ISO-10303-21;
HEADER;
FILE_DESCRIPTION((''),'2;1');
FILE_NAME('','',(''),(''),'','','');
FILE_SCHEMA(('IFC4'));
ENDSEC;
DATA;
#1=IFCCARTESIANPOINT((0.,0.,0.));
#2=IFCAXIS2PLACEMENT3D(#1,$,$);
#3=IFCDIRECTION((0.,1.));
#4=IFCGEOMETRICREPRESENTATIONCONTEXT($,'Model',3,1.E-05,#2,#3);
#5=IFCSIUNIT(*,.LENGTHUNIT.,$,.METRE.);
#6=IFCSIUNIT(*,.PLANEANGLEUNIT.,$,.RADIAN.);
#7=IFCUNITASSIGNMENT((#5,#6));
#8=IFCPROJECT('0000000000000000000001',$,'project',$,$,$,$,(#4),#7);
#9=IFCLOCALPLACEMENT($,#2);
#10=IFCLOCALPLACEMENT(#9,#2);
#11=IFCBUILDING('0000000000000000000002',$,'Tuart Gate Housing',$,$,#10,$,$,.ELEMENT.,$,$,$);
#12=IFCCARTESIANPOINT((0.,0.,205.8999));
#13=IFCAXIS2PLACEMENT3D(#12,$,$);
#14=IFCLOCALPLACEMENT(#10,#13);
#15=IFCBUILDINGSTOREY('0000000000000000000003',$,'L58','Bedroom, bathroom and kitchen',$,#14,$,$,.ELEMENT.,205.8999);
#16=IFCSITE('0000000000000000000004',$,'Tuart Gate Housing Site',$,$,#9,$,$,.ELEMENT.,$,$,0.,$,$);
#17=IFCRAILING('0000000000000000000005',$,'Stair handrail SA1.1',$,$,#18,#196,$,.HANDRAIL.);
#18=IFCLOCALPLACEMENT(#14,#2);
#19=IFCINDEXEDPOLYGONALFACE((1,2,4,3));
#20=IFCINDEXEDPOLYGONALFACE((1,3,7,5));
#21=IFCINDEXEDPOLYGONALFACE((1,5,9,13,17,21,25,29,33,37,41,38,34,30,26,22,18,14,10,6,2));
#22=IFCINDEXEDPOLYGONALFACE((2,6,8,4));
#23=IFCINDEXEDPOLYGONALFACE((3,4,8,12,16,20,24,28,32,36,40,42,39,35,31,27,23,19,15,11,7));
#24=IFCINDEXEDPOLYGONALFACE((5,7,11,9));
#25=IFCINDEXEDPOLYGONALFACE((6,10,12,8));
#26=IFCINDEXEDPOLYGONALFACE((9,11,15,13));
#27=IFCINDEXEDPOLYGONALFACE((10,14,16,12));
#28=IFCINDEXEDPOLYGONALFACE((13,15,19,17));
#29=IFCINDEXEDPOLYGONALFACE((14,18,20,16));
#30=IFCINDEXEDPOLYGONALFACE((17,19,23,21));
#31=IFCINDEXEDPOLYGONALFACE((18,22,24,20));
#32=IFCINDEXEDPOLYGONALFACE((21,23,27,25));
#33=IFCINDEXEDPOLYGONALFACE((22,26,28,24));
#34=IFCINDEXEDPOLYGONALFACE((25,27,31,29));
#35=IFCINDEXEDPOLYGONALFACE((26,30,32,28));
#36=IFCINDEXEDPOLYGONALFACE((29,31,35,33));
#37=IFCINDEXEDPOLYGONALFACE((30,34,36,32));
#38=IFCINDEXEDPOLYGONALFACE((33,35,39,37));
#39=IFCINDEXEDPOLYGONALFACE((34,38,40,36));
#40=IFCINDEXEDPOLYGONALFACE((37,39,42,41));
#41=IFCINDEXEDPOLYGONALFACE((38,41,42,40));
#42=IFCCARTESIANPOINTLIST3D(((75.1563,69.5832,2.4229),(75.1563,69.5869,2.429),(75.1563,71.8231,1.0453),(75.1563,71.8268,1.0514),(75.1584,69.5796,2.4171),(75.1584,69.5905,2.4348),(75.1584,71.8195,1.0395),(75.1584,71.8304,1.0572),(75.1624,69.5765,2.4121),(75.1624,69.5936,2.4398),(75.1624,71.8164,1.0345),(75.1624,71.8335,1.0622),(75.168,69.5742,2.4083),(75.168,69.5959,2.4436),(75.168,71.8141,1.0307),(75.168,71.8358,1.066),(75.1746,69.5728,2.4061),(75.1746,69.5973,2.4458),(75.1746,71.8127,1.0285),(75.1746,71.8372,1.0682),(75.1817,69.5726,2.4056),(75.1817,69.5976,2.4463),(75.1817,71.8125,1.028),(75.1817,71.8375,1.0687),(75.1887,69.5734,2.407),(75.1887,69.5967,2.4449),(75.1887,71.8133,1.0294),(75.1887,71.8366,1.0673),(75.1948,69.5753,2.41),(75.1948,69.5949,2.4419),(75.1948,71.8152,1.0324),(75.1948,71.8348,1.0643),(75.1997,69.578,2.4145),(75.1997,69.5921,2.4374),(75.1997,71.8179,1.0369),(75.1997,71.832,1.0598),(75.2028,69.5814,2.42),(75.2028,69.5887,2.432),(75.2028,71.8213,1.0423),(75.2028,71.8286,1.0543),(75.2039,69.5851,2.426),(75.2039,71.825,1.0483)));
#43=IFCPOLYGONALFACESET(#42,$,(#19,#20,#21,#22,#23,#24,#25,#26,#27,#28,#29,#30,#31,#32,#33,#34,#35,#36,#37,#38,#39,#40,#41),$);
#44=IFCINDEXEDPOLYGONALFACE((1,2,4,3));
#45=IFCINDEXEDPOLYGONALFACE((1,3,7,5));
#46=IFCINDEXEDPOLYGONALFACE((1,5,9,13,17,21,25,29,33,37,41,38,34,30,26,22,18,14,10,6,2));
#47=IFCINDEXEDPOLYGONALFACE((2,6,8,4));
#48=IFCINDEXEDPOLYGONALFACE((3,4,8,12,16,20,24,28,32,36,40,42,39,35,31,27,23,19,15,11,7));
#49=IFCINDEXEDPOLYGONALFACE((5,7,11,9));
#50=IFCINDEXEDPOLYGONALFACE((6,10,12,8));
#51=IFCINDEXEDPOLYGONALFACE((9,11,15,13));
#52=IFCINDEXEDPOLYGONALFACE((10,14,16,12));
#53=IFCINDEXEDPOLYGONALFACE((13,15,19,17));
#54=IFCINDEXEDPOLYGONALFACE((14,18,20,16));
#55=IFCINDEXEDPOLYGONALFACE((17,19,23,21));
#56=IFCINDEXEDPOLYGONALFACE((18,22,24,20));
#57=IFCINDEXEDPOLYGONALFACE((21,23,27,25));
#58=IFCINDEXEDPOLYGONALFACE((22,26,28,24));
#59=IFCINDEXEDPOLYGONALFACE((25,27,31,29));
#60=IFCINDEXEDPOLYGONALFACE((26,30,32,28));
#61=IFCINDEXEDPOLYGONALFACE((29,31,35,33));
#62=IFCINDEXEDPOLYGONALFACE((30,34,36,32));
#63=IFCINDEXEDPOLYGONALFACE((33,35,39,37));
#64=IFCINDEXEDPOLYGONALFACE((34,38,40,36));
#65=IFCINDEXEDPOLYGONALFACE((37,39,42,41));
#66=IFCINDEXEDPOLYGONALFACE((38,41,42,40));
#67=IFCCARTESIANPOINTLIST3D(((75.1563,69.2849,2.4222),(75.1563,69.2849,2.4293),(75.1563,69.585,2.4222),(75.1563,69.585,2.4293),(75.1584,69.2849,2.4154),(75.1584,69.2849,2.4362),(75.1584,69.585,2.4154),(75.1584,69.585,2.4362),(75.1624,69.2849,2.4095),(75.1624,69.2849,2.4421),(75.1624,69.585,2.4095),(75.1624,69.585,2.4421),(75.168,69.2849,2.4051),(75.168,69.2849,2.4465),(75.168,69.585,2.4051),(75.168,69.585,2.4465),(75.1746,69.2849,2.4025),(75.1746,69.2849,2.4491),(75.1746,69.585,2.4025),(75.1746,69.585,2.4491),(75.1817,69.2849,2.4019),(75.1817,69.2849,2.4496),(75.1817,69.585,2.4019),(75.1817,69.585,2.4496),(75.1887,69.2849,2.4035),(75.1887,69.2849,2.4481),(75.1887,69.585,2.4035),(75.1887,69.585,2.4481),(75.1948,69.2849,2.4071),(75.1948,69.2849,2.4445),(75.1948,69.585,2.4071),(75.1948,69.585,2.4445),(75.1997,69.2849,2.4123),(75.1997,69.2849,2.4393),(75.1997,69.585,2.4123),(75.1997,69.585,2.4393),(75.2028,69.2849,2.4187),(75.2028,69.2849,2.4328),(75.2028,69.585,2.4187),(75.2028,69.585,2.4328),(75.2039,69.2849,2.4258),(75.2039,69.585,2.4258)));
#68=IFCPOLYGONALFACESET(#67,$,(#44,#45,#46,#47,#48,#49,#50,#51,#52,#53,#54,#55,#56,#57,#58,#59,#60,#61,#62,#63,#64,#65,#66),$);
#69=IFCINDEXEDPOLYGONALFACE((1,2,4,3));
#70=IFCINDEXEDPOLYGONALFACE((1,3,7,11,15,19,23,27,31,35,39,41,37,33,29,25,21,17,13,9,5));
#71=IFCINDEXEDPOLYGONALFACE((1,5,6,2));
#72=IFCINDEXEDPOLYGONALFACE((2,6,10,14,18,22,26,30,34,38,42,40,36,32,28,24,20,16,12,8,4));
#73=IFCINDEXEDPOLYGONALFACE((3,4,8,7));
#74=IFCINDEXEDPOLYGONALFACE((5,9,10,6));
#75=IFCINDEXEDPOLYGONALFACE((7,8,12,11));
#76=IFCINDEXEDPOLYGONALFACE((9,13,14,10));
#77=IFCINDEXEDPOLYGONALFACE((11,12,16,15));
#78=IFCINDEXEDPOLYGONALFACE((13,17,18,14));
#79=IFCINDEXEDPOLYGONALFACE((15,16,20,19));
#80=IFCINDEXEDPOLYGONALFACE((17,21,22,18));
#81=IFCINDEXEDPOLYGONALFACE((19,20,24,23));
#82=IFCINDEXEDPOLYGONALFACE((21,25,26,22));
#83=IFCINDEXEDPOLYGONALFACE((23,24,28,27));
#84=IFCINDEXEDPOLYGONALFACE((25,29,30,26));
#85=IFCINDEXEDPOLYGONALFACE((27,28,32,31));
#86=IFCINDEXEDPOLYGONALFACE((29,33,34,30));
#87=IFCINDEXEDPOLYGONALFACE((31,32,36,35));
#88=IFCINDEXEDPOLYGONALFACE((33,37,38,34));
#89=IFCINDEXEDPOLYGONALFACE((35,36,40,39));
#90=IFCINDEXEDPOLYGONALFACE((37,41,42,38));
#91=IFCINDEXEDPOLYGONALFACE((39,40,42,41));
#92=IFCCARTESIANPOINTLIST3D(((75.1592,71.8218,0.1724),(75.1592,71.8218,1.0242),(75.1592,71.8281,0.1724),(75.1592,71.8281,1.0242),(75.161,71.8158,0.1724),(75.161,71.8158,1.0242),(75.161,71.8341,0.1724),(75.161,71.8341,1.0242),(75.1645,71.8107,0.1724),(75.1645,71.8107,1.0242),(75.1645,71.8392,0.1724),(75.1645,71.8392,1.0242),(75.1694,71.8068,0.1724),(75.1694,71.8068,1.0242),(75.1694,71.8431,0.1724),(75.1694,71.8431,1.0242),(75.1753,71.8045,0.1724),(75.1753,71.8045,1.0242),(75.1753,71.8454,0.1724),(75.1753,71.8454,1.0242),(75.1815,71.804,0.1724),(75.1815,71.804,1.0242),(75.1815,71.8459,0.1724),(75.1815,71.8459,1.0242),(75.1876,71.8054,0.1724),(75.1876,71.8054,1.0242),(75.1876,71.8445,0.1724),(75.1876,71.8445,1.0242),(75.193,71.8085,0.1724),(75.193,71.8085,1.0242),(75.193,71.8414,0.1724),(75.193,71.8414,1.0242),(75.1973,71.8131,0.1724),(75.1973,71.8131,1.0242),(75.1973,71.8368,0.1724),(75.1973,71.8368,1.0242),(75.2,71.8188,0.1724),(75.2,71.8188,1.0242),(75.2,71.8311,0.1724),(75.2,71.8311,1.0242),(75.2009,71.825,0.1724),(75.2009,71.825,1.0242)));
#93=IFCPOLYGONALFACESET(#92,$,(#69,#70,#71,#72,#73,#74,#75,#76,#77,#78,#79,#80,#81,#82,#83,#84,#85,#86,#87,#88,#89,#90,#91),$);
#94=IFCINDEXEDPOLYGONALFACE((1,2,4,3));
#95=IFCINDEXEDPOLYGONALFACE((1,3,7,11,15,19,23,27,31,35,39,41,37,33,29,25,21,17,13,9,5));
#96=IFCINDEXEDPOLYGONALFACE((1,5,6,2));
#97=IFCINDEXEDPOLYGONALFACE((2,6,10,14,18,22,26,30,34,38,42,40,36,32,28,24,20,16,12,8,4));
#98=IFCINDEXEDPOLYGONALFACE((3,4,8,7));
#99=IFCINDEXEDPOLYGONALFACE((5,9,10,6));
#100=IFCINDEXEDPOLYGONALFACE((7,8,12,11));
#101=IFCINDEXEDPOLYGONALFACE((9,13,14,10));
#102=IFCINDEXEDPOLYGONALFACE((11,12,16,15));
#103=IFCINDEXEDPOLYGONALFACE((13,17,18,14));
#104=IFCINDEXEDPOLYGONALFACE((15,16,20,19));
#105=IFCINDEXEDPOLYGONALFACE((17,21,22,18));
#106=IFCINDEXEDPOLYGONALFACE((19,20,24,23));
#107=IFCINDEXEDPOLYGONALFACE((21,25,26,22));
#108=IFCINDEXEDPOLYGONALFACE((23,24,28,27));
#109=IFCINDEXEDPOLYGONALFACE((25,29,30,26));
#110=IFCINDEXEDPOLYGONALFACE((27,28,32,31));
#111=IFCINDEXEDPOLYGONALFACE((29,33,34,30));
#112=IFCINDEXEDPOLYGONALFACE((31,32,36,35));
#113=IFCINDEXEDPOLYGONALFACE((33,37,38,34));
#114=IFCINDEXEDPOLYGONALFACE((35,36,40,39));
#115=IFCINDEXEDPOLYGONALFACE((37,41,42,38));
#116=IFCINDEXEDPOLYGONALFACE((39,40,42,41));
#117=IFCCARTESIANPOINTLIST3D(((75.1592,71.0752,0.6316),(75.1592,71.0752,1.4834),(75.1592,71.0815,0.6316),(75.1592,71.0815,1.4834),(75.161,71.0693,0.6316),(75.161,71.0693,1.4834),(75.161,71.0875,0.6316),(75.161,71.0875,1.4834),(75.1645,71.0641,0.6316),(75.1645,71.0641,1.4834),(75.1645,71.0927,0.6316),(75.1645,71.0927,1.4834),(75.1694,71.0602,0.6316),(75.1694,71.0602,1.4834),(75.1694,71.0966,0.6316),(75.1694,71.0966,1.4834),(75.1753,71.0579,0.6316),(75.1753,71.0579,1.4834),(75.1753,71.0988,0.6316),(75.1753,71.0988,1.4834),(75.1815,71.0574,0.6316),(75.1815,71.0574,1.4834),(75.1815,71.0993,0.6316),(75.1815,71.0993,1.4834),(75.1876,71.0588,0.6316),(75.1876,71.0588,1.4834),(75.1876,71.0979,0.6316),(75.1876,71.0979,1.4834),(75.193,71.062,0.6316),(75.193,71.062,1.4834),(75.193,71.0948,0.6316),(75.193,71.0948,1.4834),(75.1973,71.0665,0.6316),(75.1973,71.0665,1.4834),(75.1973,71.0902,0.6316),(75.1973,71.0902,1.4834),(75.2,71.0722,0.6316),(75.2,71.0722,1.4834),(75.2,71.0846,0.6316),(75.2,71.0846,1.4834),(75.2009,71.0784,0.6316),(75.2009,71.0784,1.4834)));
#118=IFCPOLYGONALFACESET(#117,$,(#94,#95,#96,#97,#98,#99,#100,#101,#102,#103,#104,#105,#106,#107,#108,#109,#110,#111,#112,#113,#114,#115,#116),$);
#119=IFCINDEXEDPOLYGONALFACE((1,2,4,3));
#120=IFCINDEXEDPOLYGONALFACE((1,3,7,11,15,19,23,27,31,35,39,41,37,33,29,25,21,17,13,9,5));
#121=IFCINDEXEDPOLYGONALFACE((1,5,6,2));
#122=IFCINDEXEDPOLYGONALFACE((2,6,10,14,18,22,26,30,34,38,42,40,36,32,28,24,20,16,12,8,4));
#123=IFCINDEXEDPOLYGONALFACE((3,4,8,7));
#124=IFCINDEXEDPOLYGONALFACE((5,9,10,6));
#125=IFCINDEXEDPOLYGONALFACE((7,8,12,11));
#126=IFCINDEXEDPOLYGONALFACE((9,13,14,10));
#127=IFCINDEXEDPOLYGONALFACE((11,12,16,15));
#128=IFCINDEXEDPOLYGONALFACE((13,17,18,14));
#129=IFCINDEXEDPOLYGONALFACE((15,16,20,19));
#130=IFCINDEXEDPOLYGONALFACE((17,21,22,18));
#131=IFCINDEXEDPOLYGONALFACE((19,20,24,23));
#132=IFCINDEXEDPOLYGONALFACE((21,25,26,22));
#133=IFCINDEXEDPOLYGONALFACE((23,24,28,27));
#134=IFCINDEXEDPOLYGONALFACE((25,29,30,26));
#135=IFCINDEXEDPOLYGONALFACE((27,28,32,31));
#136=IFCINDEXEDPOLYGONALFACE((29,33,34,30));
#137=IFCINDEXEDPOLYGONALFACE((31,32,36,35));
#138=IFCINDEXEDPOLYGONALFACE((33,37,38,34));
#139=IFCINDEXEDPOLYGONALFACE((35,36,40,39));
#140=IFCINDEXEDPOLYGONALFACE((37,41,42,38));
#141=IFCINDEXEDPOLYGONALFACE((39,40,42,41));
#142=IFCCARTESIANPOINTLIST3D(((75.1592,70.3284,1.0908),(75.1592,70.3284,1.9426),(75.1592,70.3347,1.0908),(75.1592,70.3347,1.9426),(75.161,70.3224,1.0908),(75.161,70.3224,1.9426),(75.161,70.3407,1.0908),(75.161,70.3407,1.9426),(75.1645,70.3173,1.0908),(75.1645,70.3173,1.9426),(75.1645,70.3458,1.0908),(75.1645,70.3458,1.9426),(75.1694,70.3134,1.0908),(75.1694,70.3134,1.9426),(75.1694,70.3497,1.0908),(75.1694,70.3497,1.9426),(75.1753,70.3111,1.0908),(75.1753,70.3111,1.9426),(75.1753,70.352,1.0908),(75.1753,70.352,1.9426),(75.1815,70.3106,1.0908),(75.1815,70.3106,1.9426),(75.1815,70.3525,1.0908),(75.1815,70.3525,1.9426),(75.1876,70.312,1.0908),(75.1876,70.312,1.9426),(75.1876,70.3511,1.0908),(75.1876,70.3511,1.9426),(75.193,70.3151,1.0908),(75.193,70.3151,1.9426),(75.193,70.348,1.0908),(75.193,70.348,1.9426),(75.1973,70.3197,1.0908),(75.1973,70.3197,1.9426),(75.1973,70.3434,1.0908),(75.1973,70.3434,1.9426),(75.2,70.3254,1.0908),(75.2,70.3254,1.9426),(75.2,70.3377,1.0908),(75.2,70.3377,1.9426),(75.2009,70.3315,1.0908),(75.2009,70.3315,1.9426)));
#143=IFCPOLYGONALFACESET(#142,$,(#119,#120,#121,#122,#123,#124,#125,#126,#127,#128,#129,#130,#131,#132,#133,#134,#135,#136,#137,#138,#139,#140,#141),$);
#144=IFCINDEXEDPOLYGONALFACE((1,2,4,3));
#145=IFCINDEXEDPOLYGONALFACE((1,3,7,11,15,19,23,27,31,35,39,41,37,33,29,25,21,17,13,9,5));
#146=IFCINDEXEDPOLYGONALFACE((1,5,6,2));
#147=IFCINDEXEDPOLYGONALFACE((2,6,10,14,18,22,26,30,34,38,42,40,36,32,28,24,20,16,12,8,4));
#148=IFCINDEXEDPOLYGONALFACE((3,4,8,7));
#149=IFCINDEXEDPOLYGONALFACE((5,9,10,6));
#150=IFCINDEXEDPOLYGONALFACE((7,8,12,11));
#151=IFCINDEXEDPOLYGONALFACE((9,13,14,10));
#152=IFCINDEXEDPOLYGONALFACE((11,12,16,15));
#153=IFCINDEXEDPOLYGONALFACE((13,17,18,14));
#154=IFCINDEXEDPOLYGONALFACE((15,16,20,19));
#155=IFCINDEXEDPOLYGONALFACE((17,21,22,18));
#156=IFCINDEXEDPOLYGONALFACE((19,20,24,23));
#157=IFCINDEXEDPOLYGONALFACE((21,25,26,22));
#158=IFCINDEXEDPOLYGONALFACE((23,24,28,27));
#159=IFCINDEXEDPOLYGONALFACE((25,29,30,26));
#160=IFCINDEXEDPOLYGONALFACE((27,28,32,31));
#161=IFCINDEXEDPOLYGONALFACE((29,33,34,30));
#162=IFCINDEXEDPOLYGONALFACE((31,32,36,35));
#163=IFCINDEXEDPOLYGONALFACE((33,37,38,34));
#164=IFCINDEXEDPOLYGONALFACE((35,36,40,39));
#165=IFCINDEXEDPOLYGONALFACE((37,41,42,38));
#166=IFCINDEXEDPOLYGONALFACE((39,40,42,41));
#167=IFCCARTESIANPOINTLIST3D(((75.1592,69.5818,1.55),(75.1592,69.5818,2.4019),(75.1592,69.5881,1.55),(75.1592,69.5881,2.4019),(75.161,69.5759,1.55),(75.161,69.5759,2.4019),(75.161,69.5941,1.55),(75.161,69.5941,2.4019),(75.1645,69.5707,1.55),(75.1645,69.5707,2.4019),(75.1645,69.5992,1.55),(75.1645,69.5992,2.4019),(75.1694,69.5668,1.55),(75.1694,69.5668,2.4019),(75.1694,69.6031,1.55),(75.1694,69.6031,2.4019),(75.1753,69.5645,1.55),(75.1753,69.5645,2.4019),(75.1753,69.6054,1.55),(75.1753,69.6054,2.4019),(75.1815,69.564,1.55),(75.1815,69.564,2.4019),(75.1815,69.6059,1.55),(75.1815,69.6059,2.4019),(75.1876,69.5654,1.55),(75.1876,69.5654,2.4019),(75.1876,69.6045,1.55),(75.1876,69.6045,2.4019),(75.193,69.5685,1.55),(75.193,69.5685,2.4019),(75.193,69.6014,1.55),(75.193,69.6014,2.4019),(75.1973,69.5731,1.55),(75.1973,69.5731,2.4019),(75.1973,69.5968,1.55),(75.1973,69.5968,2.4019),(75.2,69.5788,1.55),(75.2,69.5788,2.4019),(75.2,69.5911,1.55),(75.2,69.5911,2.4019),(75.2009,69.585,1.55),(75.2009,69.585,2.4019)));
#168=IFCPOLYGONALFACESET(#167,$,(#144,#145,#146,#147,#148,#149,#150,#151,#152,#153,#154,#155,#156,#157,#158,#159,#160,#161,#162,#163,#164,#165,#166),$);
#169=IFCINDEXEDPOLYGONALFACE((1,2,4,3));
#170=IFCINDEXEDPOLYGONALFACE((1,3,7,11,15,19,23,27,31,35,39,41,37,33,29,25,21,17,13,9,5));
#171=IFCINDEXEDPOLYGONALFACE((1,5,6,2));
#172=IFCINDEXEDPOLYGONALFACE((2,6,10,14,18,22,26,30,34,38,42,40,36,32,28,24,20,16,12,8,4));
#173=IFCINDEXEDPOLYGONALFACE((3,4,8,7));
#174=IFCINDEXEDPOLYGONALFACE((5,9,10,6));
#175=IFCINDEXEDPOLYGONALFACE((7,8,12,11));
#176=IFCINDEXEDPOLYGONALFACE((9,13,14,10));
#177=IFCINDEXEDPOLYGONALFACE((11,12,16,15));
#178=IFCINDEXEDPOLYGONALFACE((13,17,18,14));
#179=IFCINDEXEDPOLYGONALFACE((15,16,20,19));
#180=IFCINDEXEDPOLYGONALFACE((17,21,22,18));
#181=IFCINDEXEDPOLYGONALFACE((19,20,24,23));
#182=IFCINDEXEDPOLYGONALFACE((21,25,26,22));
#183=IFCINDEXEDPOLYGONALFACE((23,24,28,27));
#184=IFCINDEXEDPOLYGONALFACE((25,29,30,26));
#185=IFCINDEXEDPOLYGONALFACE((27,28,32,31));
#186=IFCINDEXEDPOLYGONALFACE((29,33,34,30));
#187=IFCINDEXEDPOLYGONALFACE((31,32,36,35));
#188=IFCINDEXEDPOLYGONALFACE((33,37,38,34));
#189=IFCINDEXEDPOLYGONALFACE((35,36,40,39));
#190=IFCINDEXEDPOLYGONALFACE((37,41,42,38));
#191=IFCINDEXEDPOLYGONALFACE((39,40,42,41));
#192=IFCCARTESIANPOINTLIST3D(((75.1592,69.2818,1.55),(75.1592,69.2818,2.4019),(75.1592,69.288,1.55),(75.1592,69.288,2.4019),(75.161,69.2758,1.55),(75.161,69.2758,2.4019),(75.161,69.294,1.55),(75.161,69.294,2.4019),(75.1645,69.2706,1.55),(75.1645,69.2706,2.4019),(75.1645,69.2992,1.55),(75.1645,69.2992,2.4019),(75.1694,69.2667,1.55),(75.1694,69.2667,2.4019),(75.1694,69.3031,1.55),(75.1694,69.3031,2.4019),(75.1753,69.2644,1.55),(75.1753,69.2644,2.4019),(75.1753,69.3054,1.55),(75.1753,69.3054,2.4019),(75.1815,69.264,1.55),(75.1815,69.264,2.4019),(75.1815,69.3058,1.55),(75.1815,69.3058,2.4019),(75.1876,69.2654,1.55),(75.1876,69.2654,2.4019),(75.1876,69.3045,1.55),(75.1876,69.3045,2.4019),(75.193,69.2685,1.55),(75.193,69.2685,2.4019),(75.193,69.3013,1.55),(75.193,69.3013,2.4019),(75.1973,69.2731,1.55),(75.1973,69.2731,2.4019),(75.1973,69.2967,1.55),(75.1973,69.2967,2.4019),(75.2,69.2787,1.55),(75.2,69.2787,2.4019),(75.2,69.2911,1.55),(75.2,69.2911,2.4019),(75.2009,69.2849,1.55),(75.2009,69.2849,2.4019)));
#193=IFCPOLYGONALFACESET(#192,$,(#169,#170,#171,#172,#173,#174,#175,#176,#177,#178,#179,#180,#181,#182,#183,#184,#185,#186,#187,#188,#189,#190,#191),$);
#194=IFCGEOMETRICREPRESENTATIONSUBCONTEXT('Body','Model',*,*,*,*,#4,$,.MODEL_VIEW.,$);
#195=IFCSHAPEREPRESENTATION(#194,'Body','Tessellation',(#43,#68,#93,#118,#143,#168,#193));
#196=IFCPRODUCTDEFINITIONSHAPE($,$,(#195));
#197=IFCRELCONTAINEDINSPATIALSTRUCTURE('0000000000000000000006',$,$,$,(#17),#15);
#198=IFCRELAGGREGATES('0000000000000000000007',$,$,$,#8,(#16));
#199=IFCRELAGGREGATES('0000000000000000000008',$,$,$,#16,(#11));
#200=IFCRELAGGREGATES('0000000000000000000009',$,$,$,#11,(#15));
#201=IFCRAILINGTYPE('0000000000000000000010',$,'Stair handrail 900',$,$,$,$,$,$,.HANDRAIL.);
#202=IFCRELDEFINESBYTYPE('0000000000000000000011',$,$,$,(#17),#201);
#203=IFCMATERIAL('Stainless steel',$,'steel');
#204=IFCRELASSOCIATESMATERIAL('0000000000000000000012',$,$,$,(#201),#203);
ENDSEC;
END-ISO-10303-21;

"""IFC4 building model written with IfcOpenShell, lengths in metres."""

from ifc_helpers import new_model, si_unit, direction, frame, origin, origin_2d, place, context, subcontext, project, spatial, circle, extrude, material, type_object, element, save


model = new_model("IFC4")

# Units and contexts
model_context = context("Model", 3, precision=1e-05, world=origin(), true_north=direction((0.0, 1.0)))
body_context = subcontext(model_context, "Body", "Model", "MODEL_VIEW")
ifc_project = project(units=[si_unit("LENGTHUNIT", "METRE"), si_unit("PLANEANGLEUNIT", "RADIAN")], contexts=[model_context])

# Site, building, storey
site_placement = place(None, origin())
site = spatial("IfcSite", under=ifc_project, at=site_placement, Name="Tuart Gate Housing Site", CompositionType="ELEMENT", RefElevation=0.0)
building_placement = place(site_placement, origin())
building = spatial("IfcBuilding", under=site, at=building_placement, Name="Tuart Gate Housing", CompositionType="ELEMENT")
storey_placement = place(building_placement, frame((0.0, 0.0, 205.8999)))
storey = spatial("IfcBuildingStorey", under=building, at=storey_placement, Name="L58", Description="Bedroom, bathroom and kitchen", CompositionType="ELEMENT", Elevation=205.8999)

# Railing
ifc_material_1 = material(Name="Stainless steel", Category="steel")
railing_type = type_object("IfcRailingType", Name="Stair handrail 900", PredefinedType="HANDRAIL", material=ifc_material_1)
railing_placement = place(storey_placement, frame((75.1799, 71.825, 0.1724)))
element("IfcRailing", 1, at=railing_placement, inside=storey, type_object=railing_type, Name="Stair handrail SA1.1", PredefinedType="HANDRAIL", context=body_context, shape_type="SweptSolid", body=[
    extrude(circle(Radius=0.0239, at=origin_2d()), frame((0.0, 0.0, 0.876), z_axis=(0.0, -0.851789, 0.523885), x_axis=(1.0, 0.0, 0.0)), (0.0, 0.0, 1.0), 2.6296),
    extrude(circle(Radius=0.0239, at=origin_2d()), frame((0.0, -2.24, 2.2534), z_axis=(0.0, -1.0, 0.0), x_axis=(1.0, 0.0, 0.0)), (0.0, 0.0, 1.0), 0.3),
    extrude(circle(Radius=0.021, at=origin_2d()), origin(), (0.0, 0.0, 1.0), 0.8518),
    extrude(circle(Radius=0.021, at=origin_2d()), frame((0.0, -0.7466, 0.4592)), (0.0, 0.0, 1.0), 0.8518),
    extrude(circle(Radius=0.021, at=origin_2d()), frame((0.0, -1.4934, 0.9185)), (0.0, 0.0, 1.0), 0.8518),
    extrude(circle(Radius=0.021, at=origin_2d()), frame((0.0, -2.24, 1.3777)), (0.0, 0.0, 1.0), 0.8518),
    extrude(circle(Radius=0.021, at=origin_2d()), frame((0.0, -2.54, 1.3777)), (0.0, 0.0, 1.0), 0.8518),
])

save(model, "model.ifc")
